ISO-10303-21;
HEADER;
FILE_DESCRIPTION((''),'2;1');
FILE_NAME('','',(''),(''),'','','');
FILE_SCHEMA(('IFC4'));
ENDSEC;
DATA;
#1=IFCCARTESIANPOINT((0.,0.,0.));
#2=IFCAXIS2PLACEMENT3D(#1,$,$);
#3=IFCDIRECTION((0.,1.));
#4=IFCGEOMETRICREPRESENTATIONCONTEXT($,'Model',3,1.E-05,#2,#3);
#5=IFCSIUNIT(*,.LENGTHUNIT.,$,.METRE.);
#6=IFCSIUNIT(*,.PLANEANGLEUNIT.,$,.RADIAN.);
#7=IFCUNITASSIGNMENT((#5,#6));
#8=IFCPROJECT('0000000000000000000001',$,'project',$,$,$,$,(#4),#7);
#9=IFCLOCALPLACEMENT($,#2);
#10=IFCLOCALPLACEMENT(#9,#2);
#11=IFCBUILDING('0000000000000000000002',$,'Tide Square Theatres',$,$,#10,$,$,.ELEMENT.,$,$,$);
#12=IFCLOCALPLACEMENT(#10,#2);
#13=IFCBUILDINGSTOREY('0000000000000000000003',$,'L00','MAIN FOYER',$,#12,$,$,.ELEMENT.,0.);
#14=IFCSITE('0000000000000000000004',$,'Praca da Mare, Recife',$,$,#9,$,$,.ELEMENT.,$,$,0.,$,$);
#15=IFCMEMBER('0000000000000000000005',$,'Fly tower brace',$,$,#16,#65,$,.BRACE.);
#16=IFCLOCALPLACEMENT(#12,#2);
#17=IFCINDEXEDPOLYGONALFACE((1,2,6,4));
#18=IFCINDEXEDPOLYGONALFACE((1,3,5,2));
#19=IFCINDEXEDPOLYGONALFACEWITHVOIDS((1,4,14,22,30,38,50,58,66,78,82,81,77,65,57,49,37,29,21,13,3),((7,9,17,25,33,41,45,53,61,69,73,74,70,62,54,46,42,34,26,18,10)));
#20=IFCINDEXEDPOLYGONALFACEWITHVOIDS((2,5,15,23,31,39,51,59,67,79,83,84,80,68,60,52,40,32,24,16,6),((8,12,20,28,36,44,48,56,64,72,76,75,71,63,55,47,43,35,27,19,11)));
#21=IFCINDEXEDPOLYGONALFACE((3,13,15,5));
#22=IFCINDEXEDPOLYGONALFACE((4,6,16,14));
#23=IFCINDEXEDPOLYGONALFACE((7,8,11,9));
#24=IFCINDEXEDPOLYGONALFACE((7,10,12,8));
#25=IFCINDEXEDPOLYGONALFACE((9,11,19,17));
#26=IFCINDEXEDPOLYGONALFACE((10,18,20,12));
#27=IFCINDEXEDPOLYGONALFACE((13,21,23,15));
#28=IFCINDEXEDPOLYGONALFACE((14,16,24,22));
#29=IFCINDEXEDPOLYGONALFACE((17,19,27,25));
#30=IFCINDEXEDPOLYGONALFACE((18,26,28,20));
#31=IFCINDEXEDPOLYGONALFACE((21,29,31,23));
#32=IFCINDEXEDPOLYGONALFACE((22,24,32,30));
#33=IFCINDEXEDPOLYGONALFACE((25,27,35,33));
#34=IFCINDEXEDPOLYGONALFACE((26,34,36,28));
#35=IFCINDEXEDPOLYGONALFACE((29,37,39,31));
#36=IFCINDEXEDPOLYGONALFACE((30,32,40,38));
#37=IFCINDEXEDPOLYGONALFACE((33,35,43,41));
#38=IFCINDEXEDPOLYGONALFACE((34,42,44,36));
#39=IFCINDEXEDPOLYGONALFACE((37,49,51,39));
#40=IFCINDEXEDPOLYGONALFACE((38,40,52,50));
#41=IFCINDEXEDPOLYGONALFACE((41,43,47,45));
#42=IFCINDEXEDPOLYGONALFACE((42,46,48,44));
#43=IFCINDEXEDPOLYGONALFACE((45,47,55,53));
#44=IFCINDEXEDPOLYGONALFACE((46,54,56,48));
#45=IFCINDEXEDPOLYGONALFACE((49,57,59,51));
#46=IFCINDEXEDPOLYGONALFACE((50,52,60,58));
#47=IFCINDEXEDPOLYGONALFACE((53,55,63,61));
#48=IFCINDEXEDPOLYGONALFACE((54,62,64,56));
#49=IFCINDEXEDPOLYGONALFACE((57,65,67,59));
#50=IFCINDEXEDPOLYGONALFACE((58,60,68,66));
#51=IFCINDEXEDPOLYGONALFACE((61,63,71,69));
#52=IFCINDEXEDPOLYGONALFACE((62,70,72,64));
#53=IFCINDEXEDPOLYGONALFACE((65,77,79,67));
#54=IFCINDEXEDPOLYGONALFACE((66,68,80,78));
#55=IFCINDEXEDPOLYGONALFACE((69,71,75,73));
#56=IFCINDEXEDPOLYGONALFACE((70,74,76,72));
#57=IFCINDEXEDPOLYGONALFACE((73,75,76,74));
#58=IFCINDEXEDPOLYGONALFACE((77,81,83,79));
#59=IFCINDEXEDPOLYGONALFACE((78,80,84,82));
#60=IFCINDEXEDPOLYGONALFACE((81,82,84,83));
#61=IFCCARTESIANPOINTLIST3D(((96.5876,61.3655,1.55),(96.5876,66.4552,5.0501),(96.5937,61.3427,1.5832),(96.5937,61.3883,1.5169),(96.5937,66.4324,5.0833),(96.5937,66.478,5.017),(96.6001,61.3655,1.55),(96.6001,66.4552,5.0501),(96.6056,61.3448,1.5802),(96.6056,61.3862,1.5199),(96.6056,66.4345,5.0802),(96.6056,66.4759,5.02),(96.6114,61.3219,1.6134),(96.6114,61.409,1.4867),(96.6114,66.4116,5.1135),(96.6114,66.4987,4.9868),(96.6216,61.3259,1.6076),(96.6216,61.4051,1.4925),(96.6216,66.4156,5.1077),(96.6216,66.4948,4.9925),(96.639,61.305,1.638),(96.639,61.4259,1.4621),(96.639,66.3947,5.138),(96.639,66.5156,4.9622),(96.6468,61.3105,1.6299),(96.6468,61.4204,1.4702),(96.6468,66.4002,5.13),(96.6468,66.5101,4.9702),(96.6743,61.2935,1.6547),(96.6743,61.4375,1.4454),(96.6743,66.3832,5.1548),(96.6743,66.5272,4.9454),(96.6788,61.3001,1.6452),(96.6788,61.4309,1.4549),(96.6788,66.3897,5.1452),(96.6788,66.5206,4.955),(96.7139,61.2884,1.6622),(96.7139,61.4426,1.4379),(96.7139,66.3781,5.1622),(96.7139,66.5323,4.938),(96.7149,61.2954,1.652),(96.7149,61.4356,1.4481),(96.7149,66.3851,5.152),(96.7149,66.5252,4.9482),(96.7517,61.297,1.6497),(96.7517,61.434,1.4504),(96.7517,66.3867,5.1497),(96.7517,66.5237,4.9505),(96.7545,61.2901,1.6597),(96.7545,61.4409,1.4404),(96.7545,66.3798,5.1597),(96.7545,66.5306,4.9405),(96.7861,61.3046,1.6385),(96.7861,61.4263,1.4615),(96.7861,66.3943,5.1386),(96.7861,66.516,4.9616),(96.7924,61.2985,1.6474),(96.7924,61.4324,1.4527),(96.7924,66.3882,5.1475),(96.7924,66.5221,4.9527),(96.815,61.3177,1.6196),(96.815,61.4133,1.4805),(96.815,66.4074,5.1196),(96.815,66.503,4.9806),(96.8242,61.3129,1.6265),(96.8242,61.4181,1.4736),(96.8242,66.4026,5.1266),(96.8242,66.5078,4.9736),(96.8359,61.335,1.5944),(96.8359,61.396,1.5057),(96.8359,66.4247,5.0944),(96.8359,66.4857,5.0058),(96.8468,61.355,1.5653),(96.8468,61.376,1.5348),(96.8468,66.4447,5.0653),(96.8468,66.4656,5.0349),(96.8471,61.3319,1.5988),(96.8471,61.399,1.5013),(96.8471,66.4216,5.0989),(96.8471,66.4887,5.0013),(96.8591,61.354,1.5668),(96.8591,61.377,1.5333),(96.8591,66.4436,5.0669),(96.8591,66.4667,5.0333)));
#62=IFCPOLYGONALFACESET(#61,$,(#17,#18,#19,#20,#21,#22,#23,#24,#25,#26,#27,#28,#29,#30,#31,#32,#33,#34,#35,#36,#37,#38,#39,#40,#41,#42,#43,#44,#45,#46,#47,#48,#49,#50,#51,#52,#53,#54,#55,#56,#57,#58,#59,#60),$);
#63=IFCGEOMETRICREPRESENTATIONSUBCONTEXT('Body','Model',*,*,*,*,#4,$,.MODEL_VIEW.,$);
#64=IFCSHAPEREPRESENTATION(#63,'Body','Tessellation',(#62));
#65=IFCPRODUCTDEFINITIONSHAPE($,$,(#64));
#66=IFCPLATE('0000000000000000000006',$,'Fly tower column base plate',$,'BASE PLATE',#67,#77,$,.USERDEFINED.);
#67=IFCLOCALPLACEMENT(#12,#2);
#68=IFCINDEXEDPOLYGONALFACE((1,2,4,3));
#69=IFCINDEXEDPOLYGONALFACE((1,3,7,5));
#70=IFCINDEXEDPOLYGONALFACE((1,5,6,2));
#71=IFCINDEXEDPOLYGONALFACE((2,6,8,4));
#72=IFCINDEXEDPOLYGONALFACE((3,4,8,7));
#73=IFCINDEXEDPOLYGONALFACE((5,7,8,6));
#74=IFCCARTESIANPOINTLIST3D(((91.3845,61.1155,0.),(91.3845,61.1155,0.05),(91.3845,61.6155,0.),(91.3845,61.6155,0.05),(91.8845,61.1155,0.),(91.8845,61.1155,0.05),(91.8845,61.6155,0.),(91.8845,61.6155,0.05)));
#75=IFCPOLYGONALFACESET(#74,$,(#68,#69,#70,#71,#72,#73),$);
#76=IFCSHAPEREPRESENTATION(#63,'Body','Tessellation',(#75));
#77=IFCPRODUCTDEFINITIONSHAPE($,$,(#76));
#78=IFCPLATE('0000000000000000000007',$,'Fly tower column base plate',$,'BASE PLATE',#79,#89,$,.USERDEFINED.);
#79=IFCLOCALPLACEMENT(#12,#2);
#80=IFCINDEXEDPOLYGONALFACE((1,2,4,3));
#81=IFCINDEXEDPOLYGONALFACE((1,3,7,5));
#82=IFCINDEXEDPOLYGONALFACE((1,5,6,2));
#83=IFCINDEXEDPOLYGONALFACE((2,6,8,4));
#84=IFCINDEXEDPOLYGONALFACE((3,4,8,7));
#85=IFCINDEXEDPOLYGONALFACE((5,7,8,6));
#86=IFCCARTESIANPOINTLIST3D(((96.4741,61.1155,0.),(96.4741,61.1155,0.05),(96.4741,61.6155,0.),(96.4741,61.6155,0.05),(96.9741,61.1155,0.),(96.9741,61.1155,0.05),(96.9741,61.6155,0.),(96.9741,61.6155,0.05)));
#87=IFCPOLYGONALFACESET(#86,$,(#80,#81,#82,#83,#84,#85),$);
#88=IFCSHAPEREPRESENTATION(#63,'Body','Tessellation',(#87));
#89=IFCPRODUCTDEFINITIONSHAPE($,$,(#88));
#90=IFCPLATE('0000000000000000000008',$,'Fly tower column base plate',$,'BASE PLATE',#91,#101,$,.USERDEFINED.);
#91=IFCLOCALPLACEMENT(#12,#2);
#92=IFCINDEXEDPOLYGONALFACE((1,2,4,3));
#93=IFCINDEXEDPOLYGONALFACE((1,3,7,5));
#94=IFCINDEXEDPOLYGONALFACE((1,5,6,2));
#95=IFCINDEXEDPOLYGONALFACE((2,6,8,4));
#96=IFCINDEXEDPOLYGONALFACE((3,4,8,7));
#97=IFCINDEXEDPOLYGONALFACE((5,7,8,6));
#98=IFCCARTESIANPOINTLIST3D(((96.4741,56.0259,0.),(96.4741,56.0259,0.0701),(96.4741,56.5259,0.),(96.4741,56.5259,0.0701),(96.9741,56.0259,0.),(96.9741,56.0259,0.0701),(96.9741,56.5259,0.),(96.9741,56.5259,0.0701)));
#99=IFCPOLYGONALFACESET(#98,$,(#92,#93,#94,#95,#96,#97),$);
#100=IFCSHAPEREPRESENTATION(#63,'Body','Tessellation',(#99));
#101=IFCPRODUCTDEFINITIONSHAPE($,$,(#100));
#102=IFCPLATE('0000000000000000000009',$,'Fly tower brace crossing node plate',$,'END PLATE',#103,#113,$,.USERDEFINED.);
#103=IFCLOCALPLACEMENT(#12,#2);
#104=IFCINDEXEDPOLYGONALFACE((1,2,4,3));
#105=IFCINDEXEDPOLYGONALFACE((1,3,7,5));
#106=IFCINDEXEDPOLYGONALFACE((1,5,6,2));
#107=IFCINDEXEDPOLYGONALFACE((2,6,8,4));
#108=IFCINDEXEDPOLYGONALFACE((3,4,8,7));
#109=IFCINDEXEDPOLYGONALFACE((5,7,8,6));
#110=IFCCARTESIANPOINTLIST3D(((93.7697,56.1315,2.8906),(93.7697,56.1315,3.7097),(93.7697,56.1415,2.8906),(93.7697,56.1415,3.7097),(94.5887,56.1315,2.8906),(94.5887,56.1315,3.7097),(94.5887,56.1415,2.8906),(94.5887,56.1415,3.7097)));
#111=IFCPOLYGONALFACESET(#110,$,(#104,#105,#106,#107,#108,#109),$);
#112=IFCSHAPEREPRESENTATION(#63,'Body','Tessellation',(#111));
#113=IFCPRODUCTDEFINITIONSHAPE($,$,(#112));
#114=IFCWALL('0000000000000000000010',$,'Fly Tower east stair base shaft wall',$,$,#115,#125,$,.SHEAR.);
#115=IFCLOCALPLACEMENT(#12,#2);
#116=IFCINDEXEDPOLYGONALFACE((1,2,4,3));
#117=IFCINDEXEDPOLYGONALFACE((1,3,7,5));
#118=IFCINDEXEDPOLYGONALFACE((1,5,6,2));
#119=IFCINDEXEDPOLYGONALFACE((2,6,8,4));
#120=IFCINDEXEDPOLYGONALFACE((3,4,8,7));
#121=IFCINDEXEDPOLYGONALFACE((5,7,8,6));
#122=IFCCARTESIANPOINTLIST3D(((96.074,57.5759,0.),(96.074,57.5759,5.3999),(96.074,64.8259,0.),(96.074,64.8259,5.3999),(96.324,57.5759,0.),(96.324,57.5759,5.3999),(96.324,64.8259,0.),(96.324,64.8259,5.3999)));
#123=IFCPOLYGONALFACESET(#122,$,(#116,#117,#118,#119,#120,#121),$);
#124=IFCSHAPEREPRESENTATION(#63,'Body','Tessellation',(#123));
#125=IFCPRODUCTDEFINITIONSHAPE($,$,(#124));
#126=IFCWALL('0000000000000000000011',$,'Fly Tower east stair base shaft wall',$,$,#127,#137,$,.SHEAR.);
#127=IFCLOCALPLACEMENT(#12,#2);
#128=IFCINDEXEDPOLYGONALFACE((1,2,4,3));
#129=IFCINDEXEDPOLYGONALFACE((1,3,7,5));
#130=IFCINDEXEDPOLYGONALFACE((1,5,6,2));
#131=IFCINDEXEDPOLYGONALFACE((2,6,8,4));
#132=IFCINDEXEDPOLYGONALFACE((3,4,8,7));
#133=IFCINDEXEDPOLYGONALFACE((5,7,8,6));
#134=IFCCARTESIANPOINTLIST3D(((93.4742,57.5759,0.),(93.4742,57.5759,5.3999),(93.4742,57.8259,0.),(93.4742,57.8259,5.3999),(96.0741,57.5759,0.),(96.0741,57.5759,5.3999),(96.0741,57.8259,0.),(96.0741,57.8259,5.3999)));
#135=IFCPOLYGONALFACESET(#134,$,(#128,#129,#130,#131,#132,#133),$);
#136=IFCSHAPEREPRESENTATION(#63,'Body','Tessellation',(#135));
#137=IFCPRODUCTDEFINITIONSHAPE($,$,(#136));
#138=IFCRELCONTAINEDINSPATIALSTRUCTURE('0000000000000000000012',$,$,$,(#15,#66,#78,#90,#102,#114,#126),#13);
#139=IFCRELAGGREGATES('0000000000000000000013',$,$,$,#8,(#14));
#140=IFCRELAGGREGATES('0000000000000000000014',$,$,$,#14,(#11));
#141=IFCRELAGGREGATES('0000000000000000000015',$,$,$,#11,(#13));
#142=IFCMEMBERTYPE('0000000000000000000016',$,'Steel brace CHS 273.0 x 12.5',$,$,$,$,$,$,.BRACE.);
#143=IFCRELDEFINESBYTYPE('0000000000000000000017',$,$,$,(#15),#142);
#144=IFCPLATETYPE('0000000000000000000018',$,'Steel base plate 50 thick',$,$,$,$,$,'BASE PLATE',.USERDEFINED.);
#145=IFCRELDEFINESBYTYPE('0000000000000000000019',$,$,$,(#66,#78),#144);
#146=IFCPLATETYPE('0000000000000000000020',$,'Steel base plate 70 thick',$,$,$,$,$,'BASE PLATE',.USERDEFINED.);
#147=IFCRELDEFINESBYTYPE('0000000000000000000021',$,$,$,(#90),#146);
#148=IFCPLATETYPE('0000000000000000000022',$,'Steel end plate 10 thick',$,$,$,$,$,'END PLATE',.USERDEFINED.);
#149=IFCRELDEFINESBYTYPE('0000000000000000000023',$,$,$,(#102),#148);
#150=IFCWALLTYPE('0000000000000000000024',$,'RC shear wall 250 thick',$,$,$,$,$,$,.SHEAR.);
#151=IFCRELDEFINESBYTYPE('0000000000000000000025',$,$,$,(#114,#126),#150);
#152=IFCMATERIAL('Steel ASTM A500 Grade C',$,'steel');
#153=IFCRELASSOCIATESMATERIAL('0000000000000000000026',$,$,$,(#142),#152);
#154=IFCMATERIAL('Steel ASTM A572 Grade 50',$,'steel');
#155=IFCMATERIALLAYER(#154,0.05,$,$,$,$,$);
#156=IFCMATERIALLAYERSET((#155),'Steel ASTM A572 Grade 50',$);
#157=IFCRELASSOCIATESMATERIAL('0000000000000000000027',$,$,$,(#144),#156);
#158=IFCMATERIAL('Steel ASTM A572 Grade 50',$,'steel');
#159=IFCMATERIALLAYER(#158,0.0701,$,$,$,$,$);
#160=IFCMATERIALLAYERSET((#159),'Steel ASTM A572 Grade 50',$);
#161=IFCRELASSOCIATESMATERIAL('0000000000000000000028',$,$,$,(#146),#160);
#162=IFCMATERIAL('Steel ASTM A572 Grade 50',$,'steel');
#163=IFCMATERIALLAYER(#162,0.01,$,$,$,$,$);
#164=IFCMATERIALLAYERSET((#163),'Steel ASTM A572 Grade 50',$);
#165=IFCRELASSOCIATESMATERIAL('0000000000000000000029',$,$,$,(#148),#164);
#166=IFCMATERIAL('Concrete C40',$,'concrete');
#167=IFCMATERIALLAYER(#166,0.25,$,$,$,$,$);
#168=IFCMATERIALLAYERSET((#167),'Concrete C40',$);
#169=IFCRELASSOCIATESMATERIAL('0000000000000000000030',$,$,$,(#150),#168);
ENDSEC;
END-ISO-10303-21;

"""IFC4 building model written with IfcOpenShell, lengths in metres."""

from ifc_helpers import new_model, si_unit, direction, frame, frame_2d, origin, origin_2d, place, context, subcontext, project, spatial, rectangle, hollow_circle, extrude, material, layer, layer_set, material_profile, profile_set, type_object, element, save


model = new_model("IFC4")

# Units and contexts
model_context = context("Model", 3, precision=1e-05, world=origin(), true_north=direction((0.0, 1.0)))
body_context = subcontext(model_context, "Body", "Model", "MODEL_VIEW")
ifc_project = project(units=[si_unit("LENGTHUNIT", "METRE"), si_unit("PLANEANGLEUNIT", "RADIAN")], contexts=[model_context])

# Site, building, storey
site_placement = place(None, origin())
site = spatial("IfcSite", under=ifc_project, at=site_placement, Name="Praca da Mare, Recife", CompositionType="ELEMENT", RefElevation=0.0)
building_placement = place(site_placement, origin())
building = spatial("IfcBuilding", under=site, at=building_placement, Name="Tide Square Theatres", CompositionType="ELEMENT")
storey_placement = place(building_placement, origin())
storey = spatial("IfcBuildingStorey", under=building, at=storey_placement, Name="L00", Description="MAIN FOYER", CompositionType="ELEMENT", Elevation=0.0)

# Member
ifc_material_1 = material(Name="Steel ASTM A500 Grade C", Category="steel")
ifc_material_profile_1 = material_profile(ifc_material_1, hollow_circle(Radius=0.1365, WallThickness=0.0125, at=origin_2d()))
ifc_profile_set_1 = profile_set([ifc_material_profile_1], Name="Steel ASTM A500 Grade C")
member_type = type_object("IfcMemberType", Name="Steel brace CHS 273.0 x 12.5", PredefinedType="BRACE", material=ifc_profile_set_1)
member_1_placement = place(storey_placement, frame((96.7241, 61.3655, 1.55), z_axis=(0.0, 0.823974, 0.566628), x_axis=(-1.0, 0.0, 0.0)))
element("IfcMember", 1, at=member_1_placement, inside=storey, type_object=member_type, Name="Fly tower brace", PredefinedType="BRACE", context=body_context, shape_type="SweptSolid", body=[
    extrude(hollow_circle(Radius=0.1365, WallThickness=0.0125, at=origin_2d()), origin(), (0.0, 0.0, 1.0), 6.177),
])

# Plates
ifc_material_2 = material(Name="Steel ASTM A572 Grade 50", Category="steel")
ifc_layer_1 = layer(ifc_material_2, 0.05)
ifc_layer_set_1 = layer_set([ifc_layer_1], Name="Steel ASTM A572 Grade 50")
plate_type_1 = type_object("IfcPlateType", Name="Steel base plate 50 thick", ElementType="BASE PLATE", PredefinedType="USERDEFINED", material=ifc_layer_set_1)
for number, where, z_axis, x_axis, name in (
    (2, (91.6345, 61.3655, 0.0), (0.0, 0.0, 1.0), (1.0, 0.0, 0.0), "Fly tower column base plate"),
    (3, (96.7241, 61.3655, 0.0), (0.0, 0.0, 1.0), (1.0, 0.0, 0.0), "Fly tower column base plate"),
):
    element("IfcPlate", number, at=place(storey_placement, frame(where, z_axis=z_axis, x_axis=x_axis)), inside=storey, type_object=plate_type_1, Name=name, ObjectType="BASE PLATE", PredefinedType="USERDEFINED", context=body_context, shape_type="SweptSolid", body=[
        extrude(rectangle(XDim=0.5, YDim=0.5, at=origin_2d()), origin(), (0.0, 0.0, 1.0), 0.05),
    ])
ifc_material_3 = material(Name="Steel ASTM A572 Grade 50", Category="steel")
ifc_layer_2 = layer(ifc_material_3, 0.0701)
ifc_layer_set_2 = layer_set([ifc_layer_2], Name="Steel ASTM A572 Grade 50")
plate_type_2 = type_object("IfcPlateType", Name="Steel base plate 70 thick", ElementType="BASE PLATE", PredefinedType="USERDEFINED", material=ifc_layer_set_2)
plate_1_placement = place(storey_placement, frame((96.7241, 56.2759, 0.0), z_axis=(0.0, 0.0, 1.0), x_axis=(1.0, 0.0, 0.0)))
element("IfcPlate", 4, at=plate_1_placement, inside=storey, type_object=plate_type_2, Name="Fly tower column base plate", ObjectType="BASE PLATE", PredefinedType="USERDEFINED", context=body_context, shape_type="SweptSolid", body=[
    extrude(rectangle(XDim=0.5, YDim=0.5, at=origin_2d()), origin(), (0.0, 0.0, 1.0), 0.0701),
])
ifc_material_4 = material(Name="Steel ASTM A572 Grade 50", Category="steel")
ifc_layer_3 = layer(ifc_material_4, 0.01)
ifc_layer_set_3 = layer_set([ifc_layer_3], Name="Steel ASTM A572 Grade 50")
plate_type_3 = type_object("IfcPlateType", Name="Steel end plate 10 thick", ElementType="END PLATE", PredefinedType="USERDEFINED", material=ifc_layer_set_3)
plate_2_placement = place(storey_placement, frame((94.1792, 56.1365, 2.8906), z_axis=(0.0, 0.0, 1.0), x_axis=(0.0, -1.0, 0.0)))
element("IfcPlate", 5, at=plate_2_placement, inside=storey, type_object=plate_type_3, Name="Fly tower brace crossing node plate", ObjectType="END PLATE", PredefinedType="USERDEFINED", context=body_context, shape_type="SweptSolid", body=[
    extrude(rectangle(XDim=0.01, YDim=0.8191, at=origin_2d()), origin(), (0.0, 0.0, 1.0), 0.8191),
])

# Walls
ifc_material_5 = material(Name="Concrete C40", Category="concrete")
ifc_layer_4 = layer(ifc_material_5, 0.25)
ifc_layer_set_4 = layer_set([ifc_layer_4], Name="Concrete C40")
wall_type = type_object("IfcWallType", Name="RC shear wall 250 thick", PredefinedType="SHEAR", material=ifc_layer_set_4)
wall_1_placement = place(storey_placement, frame((96.199, 57.5759, 0.0), z_axis=(0.0, 0.0, 1.0), x_axis=(0.0, 1.0, 0.0)))
element("IfcWall", 6, at=wall_1_placement, inside=storey, type_object=wall_type, Name="Fly Tower east stair base shaft wall", PredefinedType="SHEAR", context=body_context, shape_type="SweptSolid", body=[
    extrude(rectangle(XDim=7.25, YDim=0.25, at=frame_2d((3.625, 0.0))), origin(), (0.0, 0.0, 1.0), 5.3999),
])
wall_2_placement = place(storey_placement, frame((96.074, 57.7009, 0.0), z_axis=(0.0, 0.0, 1.0), x_axis=(-1.0, 0.0, 0.0)))
element("IfcWall", 7, at=wall_2_placement, inside=storey, type_object=wall_type, Name="Fly Tower east stair base shaft wall", PredefinedType="SHEAR", context=body_context, shape_type="SweptSolid", body=[
    extrude(rectangle(XDim=2.5999, YDim=0.25, at=frame_2d((1.2998, 0.0))), origin(), (0.0, 0.0, 1.0), 5.3999),
])

save(model, "model.ifc")
